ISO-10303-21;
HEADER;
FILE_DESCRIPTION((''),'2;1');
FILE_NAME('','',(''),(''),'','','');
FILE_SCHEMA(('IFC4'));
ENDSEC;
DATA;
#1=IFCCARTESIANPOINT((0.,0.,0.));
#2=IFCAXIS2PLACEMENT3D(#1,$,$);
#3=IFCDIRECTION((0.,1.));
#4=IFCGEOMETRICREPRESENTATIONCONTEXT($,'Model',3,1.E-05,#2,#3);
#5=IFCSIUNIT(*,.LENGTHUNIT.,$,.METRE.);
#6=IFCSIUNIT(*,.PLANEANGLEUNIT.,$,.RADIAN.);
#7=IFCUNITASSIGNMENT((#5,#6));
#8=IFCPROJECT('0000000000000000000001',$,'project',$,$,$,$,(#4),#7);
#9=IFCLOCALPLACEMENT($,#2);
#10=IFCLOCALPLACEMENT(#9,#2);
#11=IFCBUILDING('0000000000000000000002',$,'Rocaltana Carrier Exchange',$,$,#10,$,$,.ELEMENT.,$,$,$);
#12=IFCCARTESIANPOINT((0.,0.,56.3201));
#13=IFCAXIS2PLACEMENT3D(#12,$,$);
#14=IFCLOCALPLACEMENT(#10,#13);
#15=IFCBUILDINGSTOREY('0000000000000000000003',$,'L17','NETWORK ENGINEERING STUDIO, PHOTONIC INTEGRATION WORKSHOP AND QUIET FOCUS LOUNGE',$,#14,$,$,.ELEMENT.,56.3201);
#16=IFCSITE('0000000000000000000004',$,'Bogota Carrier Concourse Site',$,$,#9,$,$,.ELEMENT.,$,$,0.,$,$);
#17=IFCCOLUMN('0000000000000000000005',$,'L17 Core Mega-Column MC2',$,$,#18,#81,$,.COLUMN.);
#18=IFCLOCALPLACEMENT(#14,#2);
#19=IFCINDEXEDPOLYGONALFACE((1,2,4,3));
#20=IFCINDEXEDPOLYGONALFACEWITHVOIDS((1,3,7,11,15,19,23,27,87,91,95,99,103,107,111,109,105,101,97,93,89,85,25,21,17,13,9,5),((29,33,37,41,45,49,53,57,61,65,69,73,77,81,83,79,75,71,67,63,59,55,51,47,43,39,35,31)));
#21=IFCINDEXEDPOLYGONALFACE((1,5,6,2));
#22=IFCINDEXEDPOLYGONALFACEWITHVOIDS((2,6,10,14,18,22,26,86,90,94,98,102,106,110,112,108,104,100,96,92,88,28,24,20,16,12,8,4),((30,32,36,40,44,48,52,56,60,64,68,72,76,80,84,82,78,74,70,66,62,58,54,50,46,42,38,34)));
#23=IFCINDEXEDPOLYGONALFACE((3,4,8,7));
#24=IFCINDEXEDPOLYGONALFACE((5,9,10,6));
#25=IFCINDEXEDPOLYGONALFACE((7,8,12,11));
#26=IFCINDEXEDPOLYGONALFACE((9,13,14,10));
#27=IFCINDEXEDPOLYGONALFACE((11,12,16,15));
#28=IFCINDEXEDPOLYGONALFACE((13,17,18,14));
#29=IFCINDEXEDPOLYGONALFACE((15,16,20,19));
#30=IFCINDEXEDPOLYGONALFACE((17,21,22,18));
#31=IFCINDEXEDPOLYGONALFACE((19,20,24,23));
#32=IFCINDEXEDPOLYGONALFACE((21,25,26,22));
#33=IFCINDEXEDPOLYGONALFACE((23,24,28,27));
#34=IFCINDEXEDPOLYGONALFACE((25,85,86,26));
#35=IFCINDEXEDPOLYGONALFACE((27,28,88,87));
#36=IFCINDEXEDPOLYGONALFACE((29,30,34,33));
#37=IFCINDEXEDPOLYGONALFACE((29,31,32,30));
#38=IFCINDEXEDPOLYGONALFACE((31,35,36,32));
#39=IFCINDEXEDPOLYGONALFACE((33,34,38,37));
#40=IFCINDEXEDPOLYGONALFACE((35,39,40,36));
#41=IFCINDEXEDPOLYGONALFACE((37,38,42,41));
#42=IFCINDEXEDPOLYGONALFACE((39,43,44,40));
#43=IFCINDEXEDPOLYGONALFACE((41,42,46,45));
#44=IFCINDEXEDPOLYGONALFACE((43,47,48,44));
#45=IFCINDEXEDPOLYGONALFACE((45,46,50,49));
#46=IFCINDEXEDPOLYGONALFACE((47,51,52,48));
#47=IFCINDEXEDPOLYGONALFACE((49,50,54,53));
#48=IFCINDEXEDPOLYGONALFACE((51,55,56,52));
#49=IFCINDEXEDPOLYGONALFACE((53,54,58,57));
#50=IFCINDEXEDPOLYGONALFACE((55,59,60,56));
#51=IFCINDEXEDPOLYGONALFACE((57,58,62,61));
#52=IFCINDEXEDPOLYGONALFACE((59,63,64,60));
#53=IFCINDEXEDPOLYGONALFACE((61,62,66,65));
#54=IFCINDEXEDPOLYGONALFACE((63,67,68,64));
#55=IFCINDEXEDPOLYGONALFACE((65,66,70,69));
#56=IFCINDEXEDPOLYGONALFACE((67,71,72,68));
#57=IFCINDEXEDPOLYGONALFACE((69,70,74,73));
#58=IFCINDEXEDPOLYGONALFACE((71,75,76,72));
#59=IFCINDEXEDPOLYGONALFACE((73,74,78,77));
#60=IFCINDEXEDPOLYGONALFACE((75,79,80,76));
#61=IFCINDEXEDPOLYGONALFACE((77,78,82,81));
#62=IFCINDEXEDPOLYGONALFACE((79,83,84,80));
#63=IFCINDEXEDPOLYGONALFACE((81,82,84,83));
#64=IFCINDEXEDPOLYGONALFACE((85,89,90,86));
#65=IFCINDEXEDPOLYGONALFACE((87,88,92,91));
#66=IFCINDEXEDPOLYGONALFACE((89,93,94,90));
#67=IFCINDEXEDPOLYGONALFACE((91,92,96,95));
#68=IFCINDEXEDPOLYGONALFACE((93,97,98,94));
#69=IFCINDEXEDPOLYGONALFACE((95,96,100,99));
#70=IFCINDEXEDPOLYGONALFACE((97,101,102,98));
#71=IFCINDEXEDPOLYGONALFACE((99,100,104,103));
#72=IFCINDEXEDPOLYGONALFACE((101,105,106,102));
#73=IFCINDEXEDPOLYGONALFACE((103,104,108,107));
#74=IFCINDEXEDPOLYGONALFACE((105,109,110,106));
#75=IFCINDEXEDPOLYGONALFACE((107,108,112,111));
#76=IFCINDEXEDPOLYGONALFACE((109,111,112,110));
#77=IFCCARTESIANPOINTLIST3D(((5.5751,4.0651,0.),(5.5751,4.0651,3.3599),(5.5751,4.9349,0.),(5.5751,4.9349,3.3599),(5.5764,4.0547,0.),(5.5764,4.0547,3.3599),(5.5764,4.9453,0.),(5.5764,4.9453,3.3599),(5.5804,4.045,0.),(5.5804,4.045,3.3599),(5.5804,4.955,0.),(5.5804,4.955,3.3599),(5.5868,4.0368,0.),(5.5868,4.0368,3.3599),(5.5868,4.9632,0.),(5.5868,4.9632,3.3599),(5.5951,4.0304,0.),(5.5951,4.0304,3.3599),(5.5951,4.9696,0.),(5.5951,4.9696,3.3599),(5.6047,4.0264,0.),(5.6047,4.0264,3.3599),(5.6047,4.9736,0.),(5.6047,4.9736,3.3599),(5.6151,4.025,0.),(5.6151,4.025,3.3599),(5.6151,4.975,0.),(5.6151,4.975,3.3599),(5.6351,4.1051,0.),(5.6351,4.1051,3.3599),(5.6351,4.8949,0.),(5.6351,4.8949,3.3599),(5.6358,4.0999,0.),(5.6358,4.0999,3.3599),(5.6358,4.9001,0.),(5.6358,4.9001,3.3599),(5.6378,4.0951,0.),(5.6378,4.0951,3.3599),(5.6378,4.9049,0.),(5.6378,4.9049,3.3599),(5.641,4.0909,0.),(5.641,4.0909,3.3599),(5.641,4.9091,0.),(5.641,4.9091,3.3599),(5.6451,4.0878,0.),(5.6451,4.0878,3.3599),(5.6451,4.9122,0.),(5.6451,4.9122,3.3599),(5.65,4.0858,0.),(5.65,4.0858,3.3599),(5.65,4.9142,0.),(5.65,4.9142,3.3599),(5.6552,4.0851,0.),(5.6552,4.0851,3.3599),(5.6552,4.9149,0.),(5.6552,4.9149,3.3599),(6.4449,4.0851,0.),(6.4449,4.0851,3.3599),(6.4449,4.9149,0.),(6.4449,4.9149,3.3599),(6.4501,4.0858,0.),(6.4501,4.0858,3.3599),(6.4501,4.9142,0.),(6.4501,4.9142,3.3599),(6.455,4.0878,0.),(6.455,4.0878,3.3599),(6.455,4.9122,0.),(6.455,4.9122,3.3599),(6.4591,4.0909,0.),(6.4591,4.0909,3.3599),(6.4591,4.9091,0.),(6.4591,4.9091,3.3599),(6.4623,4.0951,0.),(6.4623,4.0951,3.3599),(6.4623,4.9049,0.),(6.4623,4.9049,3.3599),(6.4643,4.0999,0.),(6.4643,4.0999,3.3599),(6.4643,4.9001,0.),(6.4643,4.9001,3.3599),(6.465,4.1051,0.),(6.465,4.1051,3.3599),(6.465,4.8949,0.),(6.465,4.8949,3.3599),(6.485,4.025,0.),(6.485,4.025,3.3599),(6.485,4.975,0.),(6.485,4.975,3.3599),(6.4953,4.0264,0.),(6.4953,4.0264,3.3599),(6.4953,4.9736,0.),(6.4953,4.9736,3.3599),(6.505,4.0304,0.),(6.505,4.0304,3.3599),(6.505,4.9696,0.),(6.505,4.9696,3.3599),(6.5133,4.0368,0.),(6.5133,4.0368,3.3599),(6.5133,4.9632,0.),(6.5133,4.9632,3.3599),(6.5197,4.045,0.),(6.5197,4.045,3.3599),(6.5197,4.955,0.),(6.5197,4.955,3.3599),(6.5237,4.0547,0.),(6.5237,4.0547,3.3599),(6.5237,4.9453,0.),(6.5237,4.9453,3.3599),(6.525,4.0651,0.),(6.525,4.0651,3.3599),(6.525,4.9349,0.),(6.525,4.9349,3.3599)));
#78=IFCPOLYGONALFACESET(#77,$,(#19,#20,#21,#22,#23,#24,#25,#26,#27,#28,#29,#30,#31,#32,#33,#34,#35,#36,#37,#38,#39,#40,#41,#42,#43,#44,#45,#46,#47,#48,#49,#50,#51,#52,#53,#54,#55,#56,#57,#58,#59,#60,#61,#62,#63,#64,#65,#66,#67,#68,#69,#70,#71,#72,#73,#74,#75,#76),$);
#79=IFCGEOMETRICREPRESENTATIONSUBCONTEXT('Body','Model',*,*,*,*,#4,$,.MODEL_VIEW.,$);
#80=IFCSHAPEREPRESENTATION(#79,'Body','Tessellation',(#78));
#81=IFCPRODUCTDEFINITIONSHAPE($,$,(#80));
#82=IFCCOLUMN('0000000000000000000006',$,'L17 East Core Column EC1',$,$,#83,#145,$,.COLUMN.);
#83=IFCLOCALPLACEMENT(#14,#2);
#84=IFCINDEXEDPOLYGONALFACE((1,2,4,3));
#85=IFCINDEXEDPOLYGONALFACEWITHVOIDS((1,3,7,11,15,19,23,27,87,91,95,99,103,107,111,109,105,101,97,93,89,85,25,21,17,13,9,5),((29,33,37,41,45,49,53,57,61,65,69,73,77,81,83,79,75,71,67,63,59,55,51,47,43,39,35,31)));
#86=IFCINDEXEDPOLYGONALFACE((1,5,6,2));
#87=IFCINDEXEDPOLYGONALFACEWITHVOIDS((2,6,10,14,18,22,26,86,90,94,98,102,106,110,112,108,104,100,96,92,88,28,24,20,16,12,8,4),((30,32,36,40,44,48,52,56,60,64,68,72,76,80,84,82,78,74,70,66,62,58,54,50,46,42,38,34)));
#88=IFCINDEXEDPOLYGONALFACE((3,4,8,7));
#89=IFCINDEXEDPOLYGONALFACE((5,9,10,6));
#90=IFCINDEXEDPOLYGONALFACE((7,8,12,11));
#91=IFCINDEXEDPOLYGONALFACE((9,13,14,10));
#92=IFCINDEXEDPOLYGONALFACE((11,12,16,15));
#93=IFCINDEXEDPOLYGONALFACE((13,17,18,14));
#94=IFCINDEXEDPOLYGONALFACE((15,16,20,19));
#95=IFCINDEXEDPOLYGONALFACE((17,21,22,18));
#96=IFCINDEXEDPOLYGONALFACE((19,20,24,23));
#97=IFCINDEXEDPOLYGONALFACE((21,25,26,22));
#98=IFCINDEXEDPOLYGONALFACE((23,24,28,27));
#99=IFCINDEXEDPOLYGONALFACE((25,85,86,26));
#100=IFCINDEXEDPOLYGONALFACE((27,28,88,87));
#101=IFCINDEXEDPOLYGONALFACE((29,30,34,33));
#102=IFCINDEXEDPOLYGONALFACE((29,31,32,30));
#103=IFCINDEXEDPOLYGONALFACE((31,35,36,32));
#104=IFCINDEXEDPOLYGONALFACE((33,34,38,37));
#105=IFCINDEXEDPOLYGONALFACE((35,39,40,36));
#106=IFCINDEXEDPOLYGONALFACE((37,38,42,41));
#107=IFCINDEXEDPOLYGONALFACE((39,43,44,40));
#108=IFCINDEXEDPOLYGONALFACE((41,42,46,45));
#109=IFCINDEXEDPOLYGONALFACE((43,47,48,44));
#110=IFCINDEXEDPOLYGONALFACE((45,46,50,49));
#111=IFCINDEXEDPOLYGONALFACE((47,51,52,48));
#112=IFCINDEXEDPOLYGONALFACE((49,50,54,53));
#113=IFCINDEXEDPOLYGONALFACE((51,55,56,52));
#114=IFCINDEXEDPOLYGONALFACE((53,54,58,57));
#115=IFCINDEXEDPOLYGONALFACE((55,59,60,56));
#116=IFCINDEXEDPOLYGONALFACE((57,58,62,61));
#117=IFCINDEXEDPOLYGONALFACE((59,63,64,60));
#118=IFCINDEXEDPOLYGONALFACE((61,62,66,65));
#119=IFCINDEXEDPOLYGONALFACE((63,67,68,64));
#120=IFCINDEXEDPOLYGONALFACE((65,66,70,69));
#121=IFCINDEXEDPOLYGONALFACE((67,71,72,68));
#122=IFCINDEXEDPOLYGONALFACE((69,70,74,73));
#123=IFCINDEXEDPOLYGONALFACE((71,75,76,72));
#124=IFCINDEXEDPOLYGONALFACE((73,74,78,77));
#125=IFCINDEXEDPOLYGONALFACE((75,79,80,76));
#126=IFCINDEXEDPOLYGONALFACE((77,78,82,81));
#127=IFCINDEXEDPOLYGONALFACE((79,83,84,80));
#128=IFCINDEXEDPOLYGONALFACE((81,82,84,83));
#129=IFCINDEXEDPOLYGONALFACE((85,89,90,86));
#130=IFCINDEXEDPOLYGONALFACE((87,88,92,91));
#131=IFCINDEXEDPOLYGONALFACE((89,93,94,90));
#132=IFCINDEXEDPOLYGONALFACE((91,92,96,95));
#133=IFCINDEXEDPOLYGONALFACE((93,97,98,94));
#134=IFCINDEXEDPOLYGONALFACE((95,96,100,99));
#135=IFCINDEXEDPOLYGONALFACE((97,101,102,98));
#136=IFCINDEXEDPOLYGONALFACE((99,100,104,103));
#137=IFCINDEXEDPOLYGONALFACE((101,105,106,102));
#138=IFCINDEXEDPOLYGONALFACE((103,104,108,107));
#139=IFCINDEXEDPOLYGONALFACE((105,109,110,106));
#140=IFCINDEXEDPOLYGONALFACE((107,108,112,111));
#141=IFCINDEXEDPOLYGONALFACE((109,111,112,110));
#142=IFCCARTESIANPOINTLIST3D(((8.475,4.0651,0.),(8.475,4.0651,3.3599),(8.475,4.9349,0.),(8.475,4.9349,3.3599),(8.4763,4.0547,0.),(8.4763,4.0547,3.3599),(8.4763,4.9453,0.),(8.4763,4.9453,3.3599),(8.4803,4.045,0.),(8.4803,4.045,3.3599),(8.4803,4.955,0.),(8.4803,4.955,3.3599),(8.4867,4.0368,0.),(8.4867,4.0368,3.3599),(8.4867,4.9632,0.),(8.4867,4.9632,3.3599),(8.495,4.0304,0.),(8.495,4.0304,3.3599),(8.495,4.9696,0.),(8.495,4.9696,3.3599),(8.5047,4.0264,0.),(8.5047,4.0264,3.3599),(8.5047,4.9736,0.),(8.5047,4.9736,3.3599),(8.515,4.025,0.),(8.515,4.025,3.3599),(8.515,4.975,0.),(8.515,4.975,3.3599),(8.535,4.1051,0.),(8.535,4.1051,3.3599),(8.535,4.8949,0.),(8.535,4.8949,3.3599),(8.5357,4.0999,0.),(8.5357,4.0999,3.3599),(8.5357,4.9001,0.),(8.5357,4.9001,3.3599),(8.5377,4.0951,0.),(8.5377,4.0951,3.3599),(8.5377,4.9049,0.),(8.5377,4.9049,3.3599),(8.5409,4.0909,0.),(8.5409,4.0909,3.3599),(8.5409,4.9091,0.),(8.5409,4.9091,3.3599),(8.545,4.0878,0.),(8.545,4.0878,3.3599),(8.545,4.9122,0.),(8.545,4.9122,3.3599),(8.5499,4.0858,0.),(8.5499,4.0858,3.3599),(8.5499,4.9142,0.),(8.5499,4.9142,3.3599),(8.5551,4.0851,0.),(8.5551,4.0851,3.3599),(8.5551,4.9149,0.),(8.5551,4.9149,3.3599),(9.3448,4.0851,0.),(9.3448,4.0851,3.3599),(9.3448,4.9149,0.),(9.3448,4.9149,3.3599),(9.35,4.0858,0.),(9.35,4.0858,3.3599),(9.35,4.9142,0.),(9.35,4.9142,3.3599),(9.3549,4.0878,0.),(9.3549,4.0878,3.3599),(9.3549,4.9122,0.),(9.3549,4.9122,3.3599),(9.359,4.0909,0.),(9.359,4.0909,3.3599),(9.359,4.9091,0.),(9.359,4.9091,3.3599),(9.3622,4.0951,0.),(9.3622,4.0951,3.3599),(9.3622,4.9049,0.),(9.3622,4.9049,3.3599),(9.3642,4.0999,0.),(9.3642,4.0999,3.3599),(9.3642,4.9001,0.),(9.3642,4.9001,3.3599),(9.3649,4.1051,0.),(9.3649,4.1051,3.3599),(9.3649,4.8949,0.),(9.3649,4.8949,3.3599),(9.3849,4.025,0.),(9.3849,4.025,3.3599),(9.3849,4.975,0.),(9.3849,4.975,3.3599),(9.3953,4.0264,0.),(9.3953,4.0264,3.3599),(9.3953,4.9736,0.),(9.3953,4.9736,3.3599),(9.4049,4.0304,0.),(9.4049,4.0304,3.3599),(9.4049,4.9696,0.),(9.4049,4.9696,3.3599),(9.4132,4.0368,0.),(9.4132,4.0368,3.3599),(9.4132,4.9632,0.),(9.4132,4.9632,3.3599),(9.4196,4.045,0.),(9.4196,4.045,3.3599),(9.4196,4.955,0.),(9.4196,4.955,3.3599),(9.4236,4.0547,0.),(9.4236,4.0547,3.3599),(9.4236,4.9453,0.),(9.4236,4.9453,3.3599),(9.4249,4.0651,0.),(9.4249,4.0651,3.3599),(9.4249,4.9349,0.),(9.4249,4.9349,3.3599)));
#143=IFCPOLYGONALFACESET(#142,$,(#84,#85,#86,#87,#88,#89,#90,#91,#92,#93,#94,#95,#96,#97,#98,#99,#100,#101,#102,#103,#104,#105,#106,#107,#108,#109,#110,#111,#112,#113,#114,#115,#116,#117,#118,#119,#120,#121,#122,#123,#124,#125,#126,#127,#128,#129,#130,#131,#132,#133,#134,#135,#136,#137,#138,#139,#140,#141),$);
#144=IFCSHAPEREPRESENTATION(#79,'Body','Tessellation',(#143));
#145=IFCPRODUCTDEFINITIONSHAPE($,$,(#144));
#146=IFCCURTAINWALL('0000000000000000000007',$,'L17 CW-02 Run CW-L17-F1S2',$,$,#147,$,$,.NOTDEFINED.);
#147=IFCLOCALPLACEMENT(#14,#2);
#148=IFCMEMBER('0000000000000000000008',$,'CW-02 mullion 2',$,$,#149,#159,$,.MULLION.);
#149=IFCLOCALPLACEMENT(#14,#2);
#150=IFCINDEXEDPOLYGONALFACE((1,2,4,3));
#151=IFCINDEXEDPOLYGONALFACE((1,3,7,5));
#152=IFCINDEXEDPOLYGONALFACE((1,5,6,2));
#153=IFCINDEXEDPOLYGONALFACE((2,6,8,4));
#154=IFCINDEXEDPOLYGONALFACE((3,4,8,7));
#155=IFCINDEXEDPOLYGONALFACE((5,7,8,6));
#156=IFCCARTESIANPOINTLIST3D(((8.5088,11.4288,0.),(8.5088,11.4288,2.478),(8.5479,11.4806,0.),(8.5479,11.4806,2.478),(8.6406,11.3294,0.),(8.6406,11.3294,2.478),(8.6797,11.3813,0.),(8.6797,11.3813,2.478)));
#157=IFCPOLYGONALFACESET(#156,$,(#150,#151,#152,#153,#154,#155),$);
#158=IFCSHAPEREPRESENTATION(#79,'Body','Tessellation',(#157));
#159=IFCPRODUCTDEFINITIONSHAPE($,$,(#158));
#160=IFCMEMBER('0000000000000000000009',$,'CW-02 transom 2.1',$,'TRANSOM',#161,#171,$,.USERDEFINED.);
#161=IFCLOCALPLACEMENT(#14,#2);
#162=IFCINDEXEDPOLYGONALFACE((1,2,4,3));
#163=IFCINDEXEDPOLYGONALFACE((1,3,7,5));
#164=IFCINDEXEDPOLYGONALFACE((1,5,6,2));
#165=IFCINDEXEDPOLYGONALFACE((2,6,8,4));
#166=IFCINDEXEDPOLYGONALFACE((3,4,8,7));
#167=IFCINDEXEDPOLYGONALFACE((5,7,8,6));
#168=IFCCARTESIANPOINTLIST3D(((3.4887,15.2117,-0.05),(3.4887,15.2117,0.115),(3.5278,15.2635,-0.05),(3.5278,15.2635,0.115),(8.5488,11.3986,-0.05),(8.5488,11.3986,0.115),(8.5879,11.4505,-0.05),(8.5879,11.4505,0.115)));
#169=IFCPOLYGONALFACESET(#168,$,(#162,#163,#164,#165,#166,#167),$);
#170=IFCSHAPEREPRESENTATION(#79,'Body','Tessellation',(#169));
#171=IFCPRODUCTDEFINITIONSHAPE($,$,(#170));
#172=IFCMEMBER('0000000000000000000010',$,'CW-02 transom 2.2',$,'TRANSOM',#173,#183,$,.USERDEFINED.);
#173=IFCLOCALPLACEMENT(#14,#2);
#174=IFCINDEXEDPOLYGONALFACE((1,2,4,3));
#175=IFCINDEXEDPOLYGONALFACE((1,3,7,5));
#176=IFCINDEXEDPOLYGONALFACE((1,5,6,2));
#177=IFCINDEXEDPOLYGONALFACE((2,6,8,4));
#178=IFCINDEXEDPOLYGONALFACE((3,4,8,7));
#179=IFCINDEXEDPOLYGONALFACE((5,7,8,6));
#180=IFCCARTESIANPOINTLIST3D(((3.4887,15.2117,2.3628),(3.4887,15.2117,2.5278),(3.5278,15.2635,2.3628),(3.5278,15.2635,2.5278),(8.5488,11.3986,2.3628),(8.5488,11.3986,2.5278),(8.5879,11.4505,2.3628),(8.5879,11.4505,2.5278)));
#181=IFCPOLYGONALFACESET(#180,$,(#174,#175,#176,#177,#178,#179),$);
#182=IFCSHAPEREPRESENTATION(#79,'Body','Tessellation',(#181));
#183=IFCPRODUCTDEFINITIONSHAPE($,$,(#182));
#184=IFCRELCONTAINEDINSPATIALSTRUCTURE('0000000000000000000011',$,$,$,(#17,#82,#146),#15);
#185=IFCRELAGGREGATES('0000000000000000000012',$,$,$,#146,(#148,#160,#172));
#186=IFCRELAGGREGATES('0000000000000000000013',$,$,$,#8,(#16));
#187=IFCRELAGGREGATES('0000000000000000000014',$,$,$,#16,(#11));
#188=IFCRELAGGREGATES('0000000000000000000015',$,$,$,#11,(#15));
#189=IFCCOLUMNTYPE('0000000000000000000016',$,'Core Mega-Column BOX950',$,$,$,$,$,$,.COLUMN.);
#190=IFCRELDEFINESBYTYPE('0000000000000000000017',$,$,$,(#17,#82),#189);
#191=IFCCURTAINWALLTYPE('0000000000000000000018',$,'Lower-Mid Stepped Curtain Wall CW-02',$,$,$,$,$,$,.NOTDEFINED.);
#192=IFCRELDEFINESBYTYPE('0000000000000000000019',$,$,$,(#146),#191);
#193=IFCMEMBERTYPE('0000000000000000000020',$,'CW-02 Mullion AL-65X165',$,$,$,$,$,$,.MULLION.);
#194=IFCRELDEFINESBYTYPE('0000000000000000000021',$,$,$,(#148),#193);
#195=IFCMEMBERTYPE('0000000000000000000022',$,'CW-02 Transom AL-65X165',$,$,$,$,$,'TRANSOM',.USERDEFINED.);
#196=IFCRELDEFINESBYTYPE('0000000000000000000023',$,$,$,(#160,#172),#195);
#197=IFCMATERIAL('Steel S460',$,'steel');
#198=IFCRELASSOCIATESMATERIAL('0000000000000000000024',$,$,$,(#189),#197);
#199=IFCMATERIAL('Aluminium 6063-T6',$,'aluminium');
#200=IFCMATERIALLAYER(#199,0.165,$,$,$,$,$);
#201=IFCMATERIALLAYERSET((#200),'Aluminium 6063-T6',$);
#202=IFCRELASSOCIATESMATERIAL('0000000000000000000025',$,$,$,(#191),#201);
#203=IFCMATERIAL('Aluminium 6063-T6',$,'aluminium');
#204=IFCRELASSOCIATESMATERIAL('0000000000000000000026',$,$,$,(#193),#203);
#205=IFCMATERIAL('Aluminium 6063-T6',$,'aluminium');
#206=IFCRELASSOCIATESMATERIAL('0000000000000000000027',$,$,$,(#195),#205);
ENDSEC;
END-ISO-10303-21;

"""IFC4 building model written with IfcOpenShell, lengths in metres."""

from ifc_helpers import new_model, si_unit, direction, frame, origin, origin_2d, place, context, subcontext, project, spatial, rectangle, hollow_rectangle, extrude, material, layer, layer_set, material_profile, profile_set, type_object, element, aggregate, save


model = new_model("IFC4")

# Units and contexts
model_context = context("Model", 3, precision=1e-05, world=origin(), true_north=direction((0.0, 1.0)))
body_context = subcontext(model_context, "Body", "Model", "MODEL_VIEW")
ifc_project = project(units=[si_unit("LENGTHUNIT", "METRE"), si_unit("PLANEANGLEUNIT", "RADIAN")], contexts=[model_context])

# Site, building, storey
site_placement = place(None, origin())
site = spatial("IfcSite", under=ifc_project, at=site_placement, Name="Bogota Carrier Concourse Site", CompositionType="ELEMENT", RefElevation=0.0)
building_placement = place(site_placement, origin())
building = spatial("IfcBuilding", under=site, at=building_placement, Name="Rocaltana Carrier Exchange", CompositionType="ELEMENT")
storey_placement = place(building_placement, frame((0.0, 0.0, 56.3201)))
storey = spatial("IfcBuildingStorey", under=building, at=storey_placement, Name="L17", Description="NETWORK ENGINEERING STUDIO, PHOTONIC INTEGRATION WORKSHOP AND QUIET FOCUS LOUNGE", CompositionType="ELEMENT", Elevation=56.3201)

# Columns
ifc_material_1 = material(Name="Steel S460", Category="steel")
ifc_material_profile_1 = material_profile(ifc_material_1, hollow_rectangle(XDim=0.95, YDim=0.95, WallThickness=0.0601, InnerFilletRadius=0.02, OuterFilletRadius=0.04, at=origin_2d()), Name="BOX950X950X60")
ifc_profile_set_1 = profile_set([ifc_material_profile_1], Name="Steel S460")
column_type = type_object("IfcColumnType", Name="Core Mega-Column BOX950", PredefinedType="COLUMN", material=ifc_profile_set_1)
for number, where, z_axis, x_axis, name in (
    (1, (6.05, 4.5, 0.0), (0.0, 0.0, 1.0), (1.0, 0.0, 0.0), "L17 Core Mega-Column MC2"),
    (2, (8.95, 4.5, 0.0), (0.0, 0.0, 1.0), (1.0, 0.0, 0.0), "L17 East Core Column EC1"),
):
    element("IfcColumn", number, at=place(storey_placement, frame(where, z_axis=z_axis, x_axis=x_axis)), inside=storey, type_object=column_type, Name=name, PredefinedType="COLUMN", context=body_context, shape_type="SweptSolid", body=[
        extrude(hollow_rectangle(XDim=0.95, YDim=0.95, WallThickness=0.0601, InnerFilletRadius=0.02, OuterFilletRadius=0.04, at=origin_2d()), origin(), (0.0, 0.0, 1.0), 3.3599),
    ])

# Curtain wall, members
ifc_material_2 = material(Name="Aluminium 6063-T6", Category="aluminium")
ifc_layer_1 = layer(ifc_material_2, 0.165)
ifc_layer_set_1 = layer_set([ifc_layer_1], Name="Aluminium 6063-T6")
curtain_wall_type = type_object("IfcCurtainWallType", Name="Lower-Mid Stepped Curtain Wall CW-02", PredefinedType="NOTDEFINED", material=ifc_layer_set_1)
curtain_wall_placement = place(storey_placement, origin())
curtain_wall = element("IfcCurtainWall", 3, at=curtain_wall_placement, inside=storey, type_object=curtain_wall_type, Name="L17 CW-02 Run CW-L17-F1S2", PredefinedType="NOTDEFINED")
ifc_material_3 = material(Name="Aluminium 6063-T6", Category="aluminium")
ifc_material_profile_2 = material_profile(ifc_material_3, rectangle(XDim=0.0649, YDim=0.165, at=origin_2d()), Name="AL-65X165")
ifc_profile_set_2 = profile_set([ifc_material_profile_2], Name="Aluminium 6063-T6")
member_type_1 = type_object("IfcMemberType", Name="CW-02 Mullion AL-65X165", PredefinedType="MULLION", material=ifc_profile_set_2)
member_1_placement = place(storey_placement, frame((8.5942, 11.405, 0.0), z_axis=(0.0, 0.0, 1.0), x_axis=(-0.601815, -0.798635, 0.0)))
member_1 = element("IfcMember", 4, at=member_1_placement, type_object=member_type_1, Name="CW-02 mullion 2", PredefinedType="MULLION", context=body_context, shape_type="SweptSolid", body=[
    extrude(rectangle(XDim=0.0649, YDim=0.165, at=origin_2d()), origin(), (0.0, 0.0, 1.0), 2.478),
])
ifc_material_4 = material(Name="Aluminium 6063-T6", Category="aluminium")
ifc_material_profile_3 = material_profile(ifc_material_4, rectangle(XDim=0.0649, YDim=0.165, at=origin_2d()), Name="AL-65X165")
ifc_profile_set_3 = profile_set([ifc_material_profile_3], Name="Aluminium 6063-T6")
member_type_2 = type_object("IfcMemberType", Name="CW-02 Transom AL-65X165", ElementType="TRANSOM", PredefinedType="USERDEFINED", material=ifc_profile_set_3)
member_2_placement = place(storey_placement, frame((8.5684, 11.4246, 0.0325), z_axis=(-0.798638, 0.601811, 0.0), x_axis=(-0.601811, -0.798638, 0.0)))
member_2 = element("IfcMember", 5, at=member_2_placement, type_object=member_type_2, Name="CW-02 transom 2.1", ObjectType="TRANSOM", PredefinedType="USERDEFINED", context=body_context, shape_type="SweptSolid", body=[
    extrude(rectangle(XDim=0.0649, YDim=0.165, at=origin_2d()), origin(), (0.0, 0.0, 1.0), 6.3359),
])
member_3_placement = place(storey_placement, frame((8.5684, 11.4246, 2.4453), z_axis=(-0.798638, 0.601811, 0.0), x_axis=(-0.601811, -0.798638, 0.0)))
member_3 = element("IfcMember", 6, at=member_3_placement, type_object=member_type_2, Name="CW-02 transom 2.2", ObjectType="TRANSOM", PredefinedType="USERDEFINED", context=body_context, shape_type="SweptSolid", body=[
    extrude(rectangle(XDim=0.0649, YDim=0.165, at=origin_2d()), origin(), (0.0, 0.0, 1.0), 6.3359),
])

aggregate(curtain_wall, [member_1, member_2, member_3])

save(model, "model.ifc")
